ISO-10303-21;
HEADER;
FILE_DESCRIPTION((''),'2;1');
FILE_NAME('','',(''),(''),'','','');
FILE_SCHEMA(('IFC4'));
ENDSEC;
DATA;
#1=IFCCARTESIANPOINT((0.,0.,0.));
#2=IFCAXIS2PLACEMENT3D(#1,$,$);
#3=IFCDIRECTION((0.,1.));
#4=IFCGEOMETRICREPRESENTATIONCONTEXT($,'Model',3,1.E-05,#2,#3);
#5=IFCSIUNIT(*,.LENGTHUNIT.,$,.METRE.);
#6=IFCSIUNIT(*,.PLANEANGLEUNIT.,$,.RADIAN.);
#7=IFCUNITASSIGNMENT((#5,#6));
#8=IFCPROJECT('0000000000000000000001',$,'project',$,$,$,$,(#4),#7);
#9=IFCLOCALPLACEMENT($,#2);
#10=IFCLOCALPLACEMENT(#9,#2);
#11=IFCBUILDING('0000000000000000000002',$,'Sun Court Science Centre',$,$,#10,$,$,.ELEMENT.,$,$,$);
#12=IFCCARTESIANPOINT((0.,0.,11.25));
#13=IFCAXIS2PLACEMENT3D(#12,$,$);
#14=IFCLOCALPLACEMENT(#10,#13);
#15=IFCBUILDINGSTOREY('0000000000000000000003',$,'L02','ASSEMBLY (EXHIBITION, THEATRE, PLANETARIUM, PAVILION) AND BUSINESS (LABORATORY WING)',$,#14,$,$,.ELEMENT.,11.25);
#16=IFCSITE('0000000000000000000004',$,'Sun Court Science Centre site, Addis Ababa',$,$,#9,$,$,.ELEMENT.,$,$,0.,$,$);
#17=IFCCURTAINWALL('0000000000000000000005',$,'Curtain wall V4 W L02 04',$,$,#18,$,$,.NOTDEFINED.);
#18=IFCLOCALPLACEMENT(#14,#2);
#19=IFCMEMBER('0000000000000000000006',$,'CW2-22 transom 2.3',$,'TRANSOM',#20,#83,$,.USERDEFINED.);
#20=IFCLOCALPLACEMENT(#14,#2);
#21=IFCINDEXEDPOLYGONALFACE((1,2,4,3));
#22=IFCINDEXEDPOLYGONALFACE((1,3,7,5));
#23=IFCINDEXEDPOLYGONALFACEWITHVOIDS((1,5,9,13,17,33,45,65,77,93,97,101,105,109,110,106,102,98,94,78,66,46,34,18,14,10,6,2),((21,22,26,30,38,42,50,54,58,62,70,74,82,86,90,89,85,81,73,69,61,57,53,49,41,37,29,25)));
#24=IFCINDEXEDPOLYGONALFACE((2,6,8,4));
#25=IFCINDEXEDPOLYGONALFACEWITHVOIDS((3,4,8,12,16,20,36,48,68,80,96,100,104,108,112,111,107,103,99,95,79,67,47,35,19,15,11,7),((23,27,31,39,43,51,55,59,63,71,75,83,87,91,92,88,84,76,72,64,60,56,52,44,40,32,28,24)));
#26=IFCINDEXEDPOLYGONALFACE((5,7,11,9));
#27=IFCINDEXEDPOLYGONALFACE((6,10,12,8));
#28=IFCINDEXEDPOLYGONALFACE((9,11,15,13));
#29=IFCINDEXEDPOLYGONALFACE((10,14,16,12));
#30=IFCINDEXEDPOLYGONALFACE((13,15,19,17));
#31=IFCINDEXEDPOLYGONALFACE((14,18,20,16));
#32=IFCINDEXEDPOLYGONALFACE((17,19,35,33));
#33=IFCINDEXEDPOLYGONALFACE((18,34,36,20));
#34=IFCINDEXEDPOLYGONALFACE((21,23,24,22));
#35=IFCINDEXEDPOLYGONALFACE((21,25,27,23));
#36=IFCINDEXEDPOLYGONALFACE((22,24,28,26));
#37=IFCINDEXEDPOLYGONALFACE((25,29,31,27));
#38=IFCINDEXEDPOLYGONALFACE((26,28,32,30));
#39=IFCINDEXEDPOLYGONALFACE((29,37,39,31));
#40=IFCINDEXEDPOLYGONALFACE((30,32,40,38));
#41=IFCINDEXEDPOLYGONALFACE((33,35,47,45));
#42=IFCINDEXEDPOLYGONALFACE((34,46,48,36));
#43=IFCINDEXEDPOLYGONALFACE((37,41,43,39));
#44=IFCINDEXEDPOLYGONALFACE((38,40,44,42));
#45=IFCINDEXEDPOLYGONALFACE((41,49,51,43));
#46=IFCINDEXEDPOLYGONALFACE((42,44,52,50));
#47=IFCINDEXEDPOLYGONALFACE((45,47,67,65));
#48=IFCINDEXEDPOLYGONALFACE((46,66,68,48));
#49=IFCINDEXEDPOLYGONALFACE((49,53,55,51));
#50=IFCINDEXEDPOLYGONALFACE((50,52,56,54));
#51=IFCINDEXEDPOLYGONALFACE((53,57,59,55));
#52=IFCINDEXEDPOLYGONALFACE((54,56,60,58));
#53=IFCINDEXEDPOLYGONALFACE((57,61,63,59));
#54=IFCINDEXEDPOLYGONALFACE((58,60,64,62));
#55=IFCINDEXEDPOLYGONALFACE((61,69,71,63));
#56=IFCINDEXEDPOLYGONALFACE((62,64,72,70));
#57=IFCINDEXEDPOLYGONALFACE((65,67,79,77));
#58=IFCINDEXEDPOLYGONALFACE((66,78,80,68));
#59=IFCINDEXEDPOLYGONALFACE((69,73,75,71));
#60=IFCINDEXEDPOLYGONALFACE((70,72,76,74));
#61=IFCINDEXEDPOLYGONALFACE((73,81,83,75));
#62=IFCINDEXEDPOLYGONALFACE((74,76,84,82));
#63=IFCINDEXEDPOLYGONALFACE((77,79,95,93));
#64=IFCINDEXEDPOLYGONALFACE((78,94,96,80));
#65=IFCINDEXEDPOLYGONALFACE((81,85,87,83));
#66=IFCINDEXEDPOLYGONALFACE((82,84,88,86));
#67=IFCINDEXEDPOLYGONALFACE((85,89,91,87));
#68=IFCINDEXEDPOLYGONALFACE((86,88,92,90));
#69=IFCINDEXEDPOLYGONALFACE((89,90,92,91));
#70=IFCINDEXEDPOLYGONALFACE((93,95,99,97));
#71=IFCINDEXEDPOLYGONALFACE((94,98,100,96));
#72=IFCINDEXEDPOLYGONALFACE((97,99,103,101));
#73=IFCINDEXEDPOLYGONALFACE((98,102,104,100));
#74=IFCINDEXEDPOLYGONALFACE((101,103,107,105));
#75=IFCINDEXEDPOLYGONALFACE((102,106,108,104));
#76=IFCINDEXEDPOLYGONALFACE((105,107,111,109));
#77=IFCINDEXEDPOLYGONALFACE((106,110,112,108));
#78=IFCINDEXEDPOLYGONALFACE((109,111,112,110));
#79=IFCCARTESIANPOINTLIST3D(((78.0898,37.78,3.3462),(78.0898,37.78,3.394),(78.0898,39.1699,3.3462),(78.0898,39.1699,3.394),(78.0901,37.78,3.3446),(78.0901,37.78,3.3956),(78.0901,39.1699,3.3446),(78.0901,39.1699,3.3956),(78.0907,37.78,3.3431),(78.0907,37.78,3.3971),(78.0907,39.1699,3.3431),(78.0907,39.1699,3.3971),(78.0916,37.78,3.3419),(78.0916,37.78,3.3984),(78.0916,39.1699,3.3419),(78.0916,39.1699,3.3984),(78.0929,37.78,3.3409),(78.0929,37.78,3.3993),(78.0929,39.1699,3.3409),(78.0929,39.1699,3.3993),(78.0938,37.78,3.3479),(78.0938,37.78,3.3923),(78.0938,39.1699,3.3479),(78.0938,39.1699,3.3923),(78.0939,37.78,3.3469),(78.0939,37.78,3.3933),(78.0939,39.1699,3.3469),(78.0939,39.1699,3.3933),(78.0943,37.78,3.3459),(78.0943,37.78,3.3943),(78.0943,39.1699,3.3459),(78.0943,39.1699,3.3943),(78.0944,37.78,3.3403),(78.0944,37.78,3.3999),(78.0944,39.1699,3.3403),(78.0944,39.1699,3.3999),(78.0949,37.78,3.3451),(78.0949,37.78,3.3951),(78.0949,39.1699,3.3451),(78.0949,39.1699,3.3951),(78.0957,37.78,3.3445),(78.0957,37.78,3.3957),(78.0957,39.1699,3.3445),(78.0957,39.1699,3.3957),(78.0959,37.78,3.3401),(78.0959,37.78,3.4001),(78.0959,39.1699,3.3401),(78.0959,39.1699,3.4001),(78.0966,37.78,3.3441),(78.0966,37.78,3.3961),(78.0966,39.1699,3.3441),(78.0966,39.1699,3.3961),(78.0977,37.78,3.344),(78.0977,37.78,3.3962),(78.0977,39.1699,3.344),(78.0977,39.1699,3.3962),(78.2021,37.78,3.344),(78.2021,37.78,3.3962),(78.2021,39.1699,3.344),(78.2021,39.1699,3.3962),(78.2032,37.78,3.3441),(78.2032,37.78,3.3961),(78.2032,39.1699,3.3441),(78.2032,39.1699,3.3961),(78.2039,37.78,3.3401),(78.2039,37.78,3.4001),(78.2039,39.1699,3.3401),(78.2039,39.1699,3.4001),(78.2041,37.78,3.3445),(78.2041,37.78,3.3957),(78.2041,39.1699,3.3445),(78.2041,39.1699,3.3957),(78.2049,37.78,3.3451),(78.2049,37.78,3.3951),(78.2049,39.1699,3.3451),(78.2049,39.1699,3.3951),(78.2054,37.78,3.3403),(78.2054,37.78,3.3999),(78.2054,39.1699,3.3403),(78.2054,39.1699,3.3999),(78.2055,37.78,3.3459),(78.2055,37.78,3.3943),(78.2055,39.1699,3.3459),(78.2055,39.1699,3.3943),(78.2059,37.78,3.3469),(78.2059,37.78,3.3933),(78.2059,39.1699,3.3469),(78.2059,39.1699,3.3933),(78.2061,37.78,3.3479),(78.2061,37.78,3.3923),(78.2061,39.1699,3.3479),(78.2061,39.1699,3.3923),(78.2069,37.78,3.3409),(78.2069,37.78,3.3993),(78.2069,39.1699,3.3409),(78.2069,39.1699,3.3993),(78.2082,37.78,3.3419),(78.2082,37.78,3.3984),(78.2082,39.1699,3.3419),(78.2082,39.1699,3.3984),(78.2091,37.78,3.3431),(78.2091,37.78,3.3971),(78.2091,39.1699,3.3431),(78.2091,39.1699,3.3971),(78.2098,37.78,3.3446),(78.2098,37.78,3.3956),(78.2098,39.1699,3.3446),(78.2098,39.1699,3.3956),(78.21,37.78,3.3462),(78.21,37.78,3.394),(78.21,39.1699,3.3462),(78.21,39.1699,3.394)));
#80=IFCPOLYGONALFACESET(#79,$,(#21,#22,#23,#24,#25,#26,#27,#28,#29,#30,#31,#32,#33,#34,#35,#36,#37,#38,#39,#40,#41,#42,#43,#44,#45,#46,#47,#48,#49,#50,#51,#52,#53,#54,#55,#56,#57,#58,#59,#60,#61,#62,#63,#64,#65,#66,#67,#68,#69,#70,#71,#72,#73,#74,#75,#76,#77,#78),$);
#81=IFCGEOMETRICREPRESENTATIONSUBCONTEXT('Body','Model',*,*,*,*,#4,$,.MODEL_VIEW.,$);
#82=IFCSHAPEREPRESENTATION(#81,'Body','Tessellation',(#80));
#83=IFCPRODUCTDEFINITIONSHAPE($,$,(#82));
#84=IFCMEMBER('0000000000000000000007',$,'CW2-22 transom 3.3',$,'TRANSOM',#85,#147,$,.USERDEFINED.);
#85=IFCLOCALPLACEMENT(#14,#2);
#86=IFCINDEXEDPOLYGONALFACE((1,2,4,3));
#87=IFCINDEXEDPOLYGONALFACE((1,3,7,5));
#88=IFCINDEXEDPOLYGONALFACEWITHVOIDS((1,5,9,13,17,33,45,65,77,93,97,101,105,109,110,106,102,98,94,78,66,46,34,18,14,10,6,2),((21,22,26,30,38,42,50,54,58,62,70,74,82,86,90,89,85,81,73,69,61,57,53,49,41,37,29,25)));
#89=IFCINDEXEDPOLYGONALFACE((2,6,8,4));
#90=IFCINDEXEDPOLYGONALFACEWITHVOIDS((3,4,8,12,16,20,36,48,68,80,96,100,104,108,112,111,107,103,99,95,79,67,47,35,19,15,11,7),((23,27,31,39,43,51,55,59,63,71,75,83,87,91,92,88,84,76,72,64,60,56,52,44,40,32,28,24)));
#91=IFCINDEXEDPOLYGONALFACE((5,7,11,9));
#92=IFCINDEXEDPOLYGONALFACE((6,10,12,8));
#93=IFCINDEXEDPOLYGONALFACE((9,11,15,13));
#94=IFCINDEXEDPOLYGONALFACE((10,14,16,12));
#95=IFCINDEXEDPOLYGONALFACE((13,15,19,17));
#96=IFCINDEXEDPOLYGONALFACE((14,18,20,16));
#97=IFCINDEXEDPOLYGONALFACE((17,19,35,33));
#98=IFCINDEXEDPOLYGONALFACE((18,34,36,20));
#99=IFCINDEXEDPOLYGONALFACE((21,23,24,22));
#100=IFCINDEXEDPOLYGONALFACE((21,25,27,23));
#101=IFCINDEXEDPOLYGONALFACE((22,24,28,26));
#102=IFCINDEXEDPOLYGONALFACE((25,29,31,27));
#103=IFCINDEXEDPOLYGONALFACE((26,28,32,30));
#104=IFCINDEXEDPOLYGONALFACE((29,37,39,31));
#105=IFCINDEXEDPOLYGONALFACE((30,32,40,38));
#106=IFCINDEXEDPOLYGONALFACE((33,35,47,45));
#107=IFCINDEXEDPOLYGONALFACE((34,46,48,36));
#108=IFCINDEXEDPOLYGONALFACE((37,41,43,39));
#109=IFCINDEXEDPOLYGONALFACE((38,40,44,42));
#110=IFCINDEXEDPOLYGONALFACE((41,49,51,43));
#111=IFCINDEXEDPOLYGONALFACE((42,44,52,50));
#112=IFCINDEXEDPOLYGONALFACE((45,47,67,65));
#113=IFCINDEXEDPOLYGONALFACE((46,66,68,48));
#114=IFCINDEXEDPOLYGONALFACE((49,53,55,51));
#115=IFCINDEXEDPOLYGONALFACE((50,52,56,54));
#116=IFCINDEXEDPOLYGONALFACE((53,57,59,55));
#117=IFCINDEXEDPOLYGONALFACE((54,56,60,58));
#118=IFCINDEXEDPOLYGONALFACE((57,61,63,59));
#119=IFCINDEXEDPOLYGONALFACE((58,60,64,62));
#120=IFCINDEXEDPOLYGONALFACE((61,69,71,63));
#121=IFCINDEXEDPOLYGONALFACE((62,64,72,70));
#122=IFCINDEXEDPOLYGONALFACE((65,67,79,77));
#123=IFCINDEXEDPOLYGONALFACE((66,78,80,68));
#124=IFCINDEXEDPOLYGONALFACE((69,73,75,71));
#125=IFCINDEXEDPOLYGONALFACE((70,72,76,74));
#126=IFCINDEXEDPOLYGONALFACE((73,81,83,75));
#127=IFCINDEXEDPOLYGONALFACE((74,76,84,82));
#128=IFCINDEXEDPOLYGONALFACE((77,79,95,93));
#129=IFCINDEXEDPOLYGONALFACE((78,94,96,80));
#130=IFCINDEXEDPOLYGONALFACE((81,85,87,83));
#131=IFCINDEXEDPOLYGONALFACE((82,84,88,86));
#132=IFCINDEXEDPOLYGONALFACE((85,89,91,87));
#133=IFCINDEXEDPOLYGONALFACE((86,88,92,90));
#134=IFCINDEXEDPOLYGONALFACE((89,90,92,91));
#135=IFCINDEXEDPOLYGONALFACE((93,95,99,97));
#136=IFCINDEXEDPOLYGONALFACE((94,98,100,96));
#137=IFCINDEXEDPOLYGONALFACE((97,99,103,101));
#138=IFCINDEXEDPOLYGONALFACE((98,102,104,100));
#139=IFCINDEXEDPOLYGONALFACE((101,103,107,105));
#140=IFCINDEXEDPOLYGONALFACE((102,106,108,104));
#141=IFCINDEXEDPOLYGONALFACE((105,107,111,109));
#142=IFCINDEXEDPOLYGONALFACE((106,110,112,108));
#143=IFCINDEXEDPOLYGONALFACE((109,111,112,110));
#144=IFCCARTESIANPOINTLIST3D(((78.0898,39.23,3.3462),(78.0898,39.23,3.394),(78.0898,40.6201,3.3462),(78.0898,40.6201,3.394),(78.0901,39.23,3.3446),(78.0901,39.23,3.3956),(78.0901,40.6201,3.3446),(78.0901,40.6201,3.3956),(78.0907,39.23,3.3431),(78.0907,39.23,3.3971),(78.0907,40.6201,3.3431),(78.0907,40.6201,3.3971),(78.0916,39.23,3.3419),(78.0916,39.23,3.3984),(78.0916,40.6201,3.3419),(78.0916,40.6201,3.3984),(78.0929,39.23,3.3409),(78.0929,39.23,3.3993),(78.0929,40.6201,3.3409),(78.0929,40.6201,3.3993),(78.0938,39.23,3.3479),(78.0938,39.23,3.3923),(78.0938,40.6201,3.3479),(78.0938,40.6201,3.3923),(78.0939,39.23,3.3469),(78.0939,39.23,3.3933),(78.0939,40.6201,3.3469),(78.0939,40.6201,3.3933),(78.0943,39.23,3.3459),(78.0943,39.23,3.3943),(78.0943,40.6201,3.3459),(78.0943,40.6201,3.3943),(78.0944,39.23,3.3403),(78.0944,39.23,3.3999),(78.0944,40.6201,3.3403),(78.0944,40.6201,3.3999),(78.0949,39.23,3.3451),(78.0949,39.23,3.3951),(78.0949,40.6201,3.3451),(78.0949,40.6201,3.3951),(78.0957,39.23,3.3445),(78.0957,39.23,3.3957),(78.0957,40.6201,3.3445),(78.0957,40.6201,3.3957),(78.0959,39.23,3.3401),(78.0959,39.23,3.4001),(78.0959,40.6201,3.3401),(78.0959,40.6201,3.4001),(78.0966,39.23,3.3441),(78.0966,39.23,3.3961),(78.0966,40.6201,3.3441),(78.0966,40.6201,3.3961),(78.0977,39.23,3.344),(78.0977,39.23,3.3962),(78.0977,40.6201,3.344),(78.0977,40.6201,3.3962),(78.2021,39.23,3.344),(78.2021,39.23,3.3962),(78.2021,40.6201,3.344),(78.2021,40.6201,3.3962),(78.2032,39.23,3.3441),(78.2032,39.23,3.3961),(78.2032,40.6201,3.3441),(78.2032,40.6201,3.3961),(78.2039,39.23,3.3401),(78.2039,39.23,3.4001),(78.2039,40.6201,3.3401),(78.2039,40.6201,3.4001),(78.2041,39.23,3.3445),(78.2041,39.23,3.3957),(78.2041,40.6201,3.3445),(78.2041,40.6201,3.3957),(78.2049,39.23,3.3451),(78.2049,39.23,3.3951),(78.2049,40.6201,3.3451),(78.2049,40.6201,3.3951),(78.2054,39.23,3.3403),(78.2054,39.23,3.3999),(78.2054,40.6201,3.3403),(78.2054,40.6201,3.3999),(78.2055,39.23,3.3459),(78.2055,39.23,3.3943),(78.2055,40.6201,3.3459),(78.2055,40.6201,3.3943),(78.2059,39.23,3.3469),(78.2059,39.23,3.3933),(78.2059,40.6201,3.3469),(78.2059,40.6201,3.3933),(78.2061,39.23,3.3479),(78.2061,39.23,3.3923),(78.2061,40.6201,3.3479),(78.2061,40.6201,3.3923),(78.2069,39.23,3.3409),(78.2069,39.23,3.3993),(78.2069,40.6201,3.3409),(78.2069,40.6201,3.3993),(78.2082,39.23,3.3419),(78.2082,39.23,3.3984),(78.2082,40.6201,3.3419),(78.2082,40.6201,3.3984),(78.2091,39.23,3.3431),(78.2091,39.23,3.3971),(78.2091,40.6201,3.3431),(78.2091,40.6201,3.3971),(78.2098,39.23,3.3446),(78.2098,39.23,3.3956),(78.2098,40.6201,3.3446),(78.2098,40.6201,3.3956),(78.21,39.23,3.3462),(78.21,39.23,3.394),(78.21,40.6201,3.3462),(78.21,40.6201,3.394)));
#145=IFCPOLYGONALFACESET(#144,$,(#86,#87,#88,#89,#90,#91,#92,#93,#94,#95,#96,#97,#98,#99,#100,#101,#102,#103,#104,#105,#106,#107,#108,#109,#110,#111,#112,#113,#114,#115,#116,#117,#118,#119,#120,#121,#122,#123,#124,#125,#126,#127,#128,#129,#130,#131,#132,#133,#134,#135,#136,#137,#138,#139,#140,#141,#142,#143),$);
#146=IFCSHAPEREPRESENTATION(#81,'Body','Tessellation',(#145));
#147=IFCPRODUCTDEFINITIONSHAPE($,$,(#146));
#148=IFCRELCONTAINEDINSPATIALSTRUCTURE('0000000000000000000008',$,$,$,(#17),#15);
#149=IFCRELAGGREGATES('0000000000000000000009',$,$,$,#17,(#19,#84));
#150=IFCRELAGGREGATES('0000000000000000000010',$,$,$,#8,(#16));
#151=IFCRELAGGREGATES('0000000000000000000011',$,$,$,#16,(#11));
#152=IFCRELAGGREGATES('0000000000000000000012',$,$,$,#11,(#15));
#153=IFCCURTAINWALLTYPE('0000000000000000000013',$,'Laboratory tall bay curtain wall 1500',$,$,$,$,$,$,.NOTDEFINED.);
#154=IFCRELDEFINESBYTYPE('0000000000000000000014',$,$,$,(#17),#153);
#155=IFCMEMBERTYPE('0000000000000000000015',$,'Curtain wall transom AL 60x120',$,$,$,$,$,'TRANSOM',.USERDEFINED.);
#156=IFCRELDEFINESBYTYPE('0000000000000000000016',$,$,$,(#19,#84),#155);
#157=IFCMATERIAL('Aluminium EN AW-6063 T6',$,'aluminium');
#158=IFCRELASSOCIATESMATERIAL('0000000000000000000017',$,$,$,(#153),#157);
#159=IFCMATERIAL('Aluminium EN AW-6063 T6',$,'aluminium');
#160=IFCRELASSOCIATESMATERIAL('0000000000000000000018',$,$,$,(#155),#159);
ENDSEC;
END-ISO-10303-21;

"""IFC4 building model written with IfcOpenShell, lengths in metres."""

from ifc_helpers import new_model, si_unit, direction, frame, origin, origin_2d, place, context, subcontext, project, spatial, hollow_rectangle, extrude, material, material_profile, profile_set, type_object, element, aggregate, save


model = new_model("IFC4")

# Units and contexts
model_context = context("Model", 3, precision=1e-05, world=origin(), true_north=direction((0.0, 1.0)))
body_context = subcontext(model_context, "Body", "Model", "MODEL_VIEW")
ifc_project = project(units=[si_unit("LENGTHUNIT", "METRE"), si_unit("PLANEANGLEUNIT", "RADIAN")], contexts=[model_context])

# Site, building, storey
site_placement = place(None, origin())
site = spatial("IfcSite", under=ifc_project, at=site_placement, Name="Sun Court Science Centre site, Addis Ababa", CompositionType="ELEMENT", RefElevation=0.0)
building_placement = place(site_placement, origin())
building = spatial("IfcBuilding", under=site, at=building_placement, Name="Sun Court Science Centre", CompositionType="ELEMENT")
storey_placement = place(building_placement, frame((0.0, 0.0, 11.25)))
storey = spatial("IfcBuildingStorey", under=building, at=storey_placement, Name="L02", Description="ASSEMBLY (EXHIBITION, THEATRE, PLANETARIUM, PAVILION) AND BUSINESS (LABORATORY WING)", CompositionType="ELEMENT", Elevation=11.25)

# Curtain wall, members
ifc_material_1 = material(Name="Aluminium EN AW-6063 T6", Category="aluminium")
curtain_wall_type = type_object("IfcCurtainWallType", Name="Laboratory tall bay curtain wall 1500", PredefinedType="NOTDEFINED", material=ifc_material_1)
curtain_wall_placement = place(storey_placement, origin())
curtain_wall = element("IfcCurtainWall", 1, at=curtain_wall_placement, inside=storey, type_object=curtain_wall_type, Name="Curtain wall V4 W L02 04", PredefinedType="NOTDEFINED")
ifc_material_2 = material(Name="Aluminium EN AW-6063 T6", Category="aluminium")
ifc_material_profile_1 = material_profile(ifc_material_2, hollow_rectangle(XDim=0.0601, YDim=0.1201, WallThickness=0.0039, InnerFilletRadius=0.0039, OuterFilletRadius=0.0061, at=origin_2d()), Name="AL 60x120x4")
ifc_profile_set_1 = profile_set([ifc_material_profile_1], Name="Aluminium EN AW-6063 T6")
member_type_1 = type_object("IfcMemberType", Name="Curtain wall transom AL 60x120", ElementType="TRANSOM", PredefinedType="USERDEFINED", material=ifc_profile_set_1)
member_1_placement = place(storey_placement, frame((78.1499, 37.78, 3.3701), z_axis=(0.0, 1.0, 0.0), x_axis=(0.0, 0.0, 1.0)))
member_1 = element("IfcMember", 2, at=member_1_placement, type_object=member_type_1, Name="CW2-22 transom 2.3", ObjectType="TRANSOM", PredefinedType="USERDEFINED", context=body_context, shape_type="SweptSolid", body=[
    extrude(hollow_rectangle(XDim=0.0601, YDim=0.1201, WallThickness=0.0039, InnerFilletRadius=0.0039, OuterFilletRadius=0.0061, at=origin_2d()), origin(), (0.0, 0.0, 1.0), 1.3899),
])
member_2_placement = place(storey_placement, frame((78.1499, 39.23, 3.3701), z_axis=(0.0, 1.0, 0.0), x_axis=(0.0, 0.0, 1.0)))
member_2 = element("IfcMember", 3, at=member_2_placement, type_object=member_type_1, Name="CW2-22 transom 3.3", ObjectType="TRANSOM", PredefinedType="USERDEFINED", context=body_context, shape_type="SweptSolid", body=[
    extrude(hollow_rectangle(XDim=0.0601, YDim=0.1201, WallThickness=0.0039, InnerFilletRadius=0.0039, OuterFilletRadius=0.0061, at=origin_2d()), origin(), (0.0, 0.0, 1.0), 1.3901),
])
aggregate(curtain_wall, [member_1, member_2])

save(model, "model.ifc")
